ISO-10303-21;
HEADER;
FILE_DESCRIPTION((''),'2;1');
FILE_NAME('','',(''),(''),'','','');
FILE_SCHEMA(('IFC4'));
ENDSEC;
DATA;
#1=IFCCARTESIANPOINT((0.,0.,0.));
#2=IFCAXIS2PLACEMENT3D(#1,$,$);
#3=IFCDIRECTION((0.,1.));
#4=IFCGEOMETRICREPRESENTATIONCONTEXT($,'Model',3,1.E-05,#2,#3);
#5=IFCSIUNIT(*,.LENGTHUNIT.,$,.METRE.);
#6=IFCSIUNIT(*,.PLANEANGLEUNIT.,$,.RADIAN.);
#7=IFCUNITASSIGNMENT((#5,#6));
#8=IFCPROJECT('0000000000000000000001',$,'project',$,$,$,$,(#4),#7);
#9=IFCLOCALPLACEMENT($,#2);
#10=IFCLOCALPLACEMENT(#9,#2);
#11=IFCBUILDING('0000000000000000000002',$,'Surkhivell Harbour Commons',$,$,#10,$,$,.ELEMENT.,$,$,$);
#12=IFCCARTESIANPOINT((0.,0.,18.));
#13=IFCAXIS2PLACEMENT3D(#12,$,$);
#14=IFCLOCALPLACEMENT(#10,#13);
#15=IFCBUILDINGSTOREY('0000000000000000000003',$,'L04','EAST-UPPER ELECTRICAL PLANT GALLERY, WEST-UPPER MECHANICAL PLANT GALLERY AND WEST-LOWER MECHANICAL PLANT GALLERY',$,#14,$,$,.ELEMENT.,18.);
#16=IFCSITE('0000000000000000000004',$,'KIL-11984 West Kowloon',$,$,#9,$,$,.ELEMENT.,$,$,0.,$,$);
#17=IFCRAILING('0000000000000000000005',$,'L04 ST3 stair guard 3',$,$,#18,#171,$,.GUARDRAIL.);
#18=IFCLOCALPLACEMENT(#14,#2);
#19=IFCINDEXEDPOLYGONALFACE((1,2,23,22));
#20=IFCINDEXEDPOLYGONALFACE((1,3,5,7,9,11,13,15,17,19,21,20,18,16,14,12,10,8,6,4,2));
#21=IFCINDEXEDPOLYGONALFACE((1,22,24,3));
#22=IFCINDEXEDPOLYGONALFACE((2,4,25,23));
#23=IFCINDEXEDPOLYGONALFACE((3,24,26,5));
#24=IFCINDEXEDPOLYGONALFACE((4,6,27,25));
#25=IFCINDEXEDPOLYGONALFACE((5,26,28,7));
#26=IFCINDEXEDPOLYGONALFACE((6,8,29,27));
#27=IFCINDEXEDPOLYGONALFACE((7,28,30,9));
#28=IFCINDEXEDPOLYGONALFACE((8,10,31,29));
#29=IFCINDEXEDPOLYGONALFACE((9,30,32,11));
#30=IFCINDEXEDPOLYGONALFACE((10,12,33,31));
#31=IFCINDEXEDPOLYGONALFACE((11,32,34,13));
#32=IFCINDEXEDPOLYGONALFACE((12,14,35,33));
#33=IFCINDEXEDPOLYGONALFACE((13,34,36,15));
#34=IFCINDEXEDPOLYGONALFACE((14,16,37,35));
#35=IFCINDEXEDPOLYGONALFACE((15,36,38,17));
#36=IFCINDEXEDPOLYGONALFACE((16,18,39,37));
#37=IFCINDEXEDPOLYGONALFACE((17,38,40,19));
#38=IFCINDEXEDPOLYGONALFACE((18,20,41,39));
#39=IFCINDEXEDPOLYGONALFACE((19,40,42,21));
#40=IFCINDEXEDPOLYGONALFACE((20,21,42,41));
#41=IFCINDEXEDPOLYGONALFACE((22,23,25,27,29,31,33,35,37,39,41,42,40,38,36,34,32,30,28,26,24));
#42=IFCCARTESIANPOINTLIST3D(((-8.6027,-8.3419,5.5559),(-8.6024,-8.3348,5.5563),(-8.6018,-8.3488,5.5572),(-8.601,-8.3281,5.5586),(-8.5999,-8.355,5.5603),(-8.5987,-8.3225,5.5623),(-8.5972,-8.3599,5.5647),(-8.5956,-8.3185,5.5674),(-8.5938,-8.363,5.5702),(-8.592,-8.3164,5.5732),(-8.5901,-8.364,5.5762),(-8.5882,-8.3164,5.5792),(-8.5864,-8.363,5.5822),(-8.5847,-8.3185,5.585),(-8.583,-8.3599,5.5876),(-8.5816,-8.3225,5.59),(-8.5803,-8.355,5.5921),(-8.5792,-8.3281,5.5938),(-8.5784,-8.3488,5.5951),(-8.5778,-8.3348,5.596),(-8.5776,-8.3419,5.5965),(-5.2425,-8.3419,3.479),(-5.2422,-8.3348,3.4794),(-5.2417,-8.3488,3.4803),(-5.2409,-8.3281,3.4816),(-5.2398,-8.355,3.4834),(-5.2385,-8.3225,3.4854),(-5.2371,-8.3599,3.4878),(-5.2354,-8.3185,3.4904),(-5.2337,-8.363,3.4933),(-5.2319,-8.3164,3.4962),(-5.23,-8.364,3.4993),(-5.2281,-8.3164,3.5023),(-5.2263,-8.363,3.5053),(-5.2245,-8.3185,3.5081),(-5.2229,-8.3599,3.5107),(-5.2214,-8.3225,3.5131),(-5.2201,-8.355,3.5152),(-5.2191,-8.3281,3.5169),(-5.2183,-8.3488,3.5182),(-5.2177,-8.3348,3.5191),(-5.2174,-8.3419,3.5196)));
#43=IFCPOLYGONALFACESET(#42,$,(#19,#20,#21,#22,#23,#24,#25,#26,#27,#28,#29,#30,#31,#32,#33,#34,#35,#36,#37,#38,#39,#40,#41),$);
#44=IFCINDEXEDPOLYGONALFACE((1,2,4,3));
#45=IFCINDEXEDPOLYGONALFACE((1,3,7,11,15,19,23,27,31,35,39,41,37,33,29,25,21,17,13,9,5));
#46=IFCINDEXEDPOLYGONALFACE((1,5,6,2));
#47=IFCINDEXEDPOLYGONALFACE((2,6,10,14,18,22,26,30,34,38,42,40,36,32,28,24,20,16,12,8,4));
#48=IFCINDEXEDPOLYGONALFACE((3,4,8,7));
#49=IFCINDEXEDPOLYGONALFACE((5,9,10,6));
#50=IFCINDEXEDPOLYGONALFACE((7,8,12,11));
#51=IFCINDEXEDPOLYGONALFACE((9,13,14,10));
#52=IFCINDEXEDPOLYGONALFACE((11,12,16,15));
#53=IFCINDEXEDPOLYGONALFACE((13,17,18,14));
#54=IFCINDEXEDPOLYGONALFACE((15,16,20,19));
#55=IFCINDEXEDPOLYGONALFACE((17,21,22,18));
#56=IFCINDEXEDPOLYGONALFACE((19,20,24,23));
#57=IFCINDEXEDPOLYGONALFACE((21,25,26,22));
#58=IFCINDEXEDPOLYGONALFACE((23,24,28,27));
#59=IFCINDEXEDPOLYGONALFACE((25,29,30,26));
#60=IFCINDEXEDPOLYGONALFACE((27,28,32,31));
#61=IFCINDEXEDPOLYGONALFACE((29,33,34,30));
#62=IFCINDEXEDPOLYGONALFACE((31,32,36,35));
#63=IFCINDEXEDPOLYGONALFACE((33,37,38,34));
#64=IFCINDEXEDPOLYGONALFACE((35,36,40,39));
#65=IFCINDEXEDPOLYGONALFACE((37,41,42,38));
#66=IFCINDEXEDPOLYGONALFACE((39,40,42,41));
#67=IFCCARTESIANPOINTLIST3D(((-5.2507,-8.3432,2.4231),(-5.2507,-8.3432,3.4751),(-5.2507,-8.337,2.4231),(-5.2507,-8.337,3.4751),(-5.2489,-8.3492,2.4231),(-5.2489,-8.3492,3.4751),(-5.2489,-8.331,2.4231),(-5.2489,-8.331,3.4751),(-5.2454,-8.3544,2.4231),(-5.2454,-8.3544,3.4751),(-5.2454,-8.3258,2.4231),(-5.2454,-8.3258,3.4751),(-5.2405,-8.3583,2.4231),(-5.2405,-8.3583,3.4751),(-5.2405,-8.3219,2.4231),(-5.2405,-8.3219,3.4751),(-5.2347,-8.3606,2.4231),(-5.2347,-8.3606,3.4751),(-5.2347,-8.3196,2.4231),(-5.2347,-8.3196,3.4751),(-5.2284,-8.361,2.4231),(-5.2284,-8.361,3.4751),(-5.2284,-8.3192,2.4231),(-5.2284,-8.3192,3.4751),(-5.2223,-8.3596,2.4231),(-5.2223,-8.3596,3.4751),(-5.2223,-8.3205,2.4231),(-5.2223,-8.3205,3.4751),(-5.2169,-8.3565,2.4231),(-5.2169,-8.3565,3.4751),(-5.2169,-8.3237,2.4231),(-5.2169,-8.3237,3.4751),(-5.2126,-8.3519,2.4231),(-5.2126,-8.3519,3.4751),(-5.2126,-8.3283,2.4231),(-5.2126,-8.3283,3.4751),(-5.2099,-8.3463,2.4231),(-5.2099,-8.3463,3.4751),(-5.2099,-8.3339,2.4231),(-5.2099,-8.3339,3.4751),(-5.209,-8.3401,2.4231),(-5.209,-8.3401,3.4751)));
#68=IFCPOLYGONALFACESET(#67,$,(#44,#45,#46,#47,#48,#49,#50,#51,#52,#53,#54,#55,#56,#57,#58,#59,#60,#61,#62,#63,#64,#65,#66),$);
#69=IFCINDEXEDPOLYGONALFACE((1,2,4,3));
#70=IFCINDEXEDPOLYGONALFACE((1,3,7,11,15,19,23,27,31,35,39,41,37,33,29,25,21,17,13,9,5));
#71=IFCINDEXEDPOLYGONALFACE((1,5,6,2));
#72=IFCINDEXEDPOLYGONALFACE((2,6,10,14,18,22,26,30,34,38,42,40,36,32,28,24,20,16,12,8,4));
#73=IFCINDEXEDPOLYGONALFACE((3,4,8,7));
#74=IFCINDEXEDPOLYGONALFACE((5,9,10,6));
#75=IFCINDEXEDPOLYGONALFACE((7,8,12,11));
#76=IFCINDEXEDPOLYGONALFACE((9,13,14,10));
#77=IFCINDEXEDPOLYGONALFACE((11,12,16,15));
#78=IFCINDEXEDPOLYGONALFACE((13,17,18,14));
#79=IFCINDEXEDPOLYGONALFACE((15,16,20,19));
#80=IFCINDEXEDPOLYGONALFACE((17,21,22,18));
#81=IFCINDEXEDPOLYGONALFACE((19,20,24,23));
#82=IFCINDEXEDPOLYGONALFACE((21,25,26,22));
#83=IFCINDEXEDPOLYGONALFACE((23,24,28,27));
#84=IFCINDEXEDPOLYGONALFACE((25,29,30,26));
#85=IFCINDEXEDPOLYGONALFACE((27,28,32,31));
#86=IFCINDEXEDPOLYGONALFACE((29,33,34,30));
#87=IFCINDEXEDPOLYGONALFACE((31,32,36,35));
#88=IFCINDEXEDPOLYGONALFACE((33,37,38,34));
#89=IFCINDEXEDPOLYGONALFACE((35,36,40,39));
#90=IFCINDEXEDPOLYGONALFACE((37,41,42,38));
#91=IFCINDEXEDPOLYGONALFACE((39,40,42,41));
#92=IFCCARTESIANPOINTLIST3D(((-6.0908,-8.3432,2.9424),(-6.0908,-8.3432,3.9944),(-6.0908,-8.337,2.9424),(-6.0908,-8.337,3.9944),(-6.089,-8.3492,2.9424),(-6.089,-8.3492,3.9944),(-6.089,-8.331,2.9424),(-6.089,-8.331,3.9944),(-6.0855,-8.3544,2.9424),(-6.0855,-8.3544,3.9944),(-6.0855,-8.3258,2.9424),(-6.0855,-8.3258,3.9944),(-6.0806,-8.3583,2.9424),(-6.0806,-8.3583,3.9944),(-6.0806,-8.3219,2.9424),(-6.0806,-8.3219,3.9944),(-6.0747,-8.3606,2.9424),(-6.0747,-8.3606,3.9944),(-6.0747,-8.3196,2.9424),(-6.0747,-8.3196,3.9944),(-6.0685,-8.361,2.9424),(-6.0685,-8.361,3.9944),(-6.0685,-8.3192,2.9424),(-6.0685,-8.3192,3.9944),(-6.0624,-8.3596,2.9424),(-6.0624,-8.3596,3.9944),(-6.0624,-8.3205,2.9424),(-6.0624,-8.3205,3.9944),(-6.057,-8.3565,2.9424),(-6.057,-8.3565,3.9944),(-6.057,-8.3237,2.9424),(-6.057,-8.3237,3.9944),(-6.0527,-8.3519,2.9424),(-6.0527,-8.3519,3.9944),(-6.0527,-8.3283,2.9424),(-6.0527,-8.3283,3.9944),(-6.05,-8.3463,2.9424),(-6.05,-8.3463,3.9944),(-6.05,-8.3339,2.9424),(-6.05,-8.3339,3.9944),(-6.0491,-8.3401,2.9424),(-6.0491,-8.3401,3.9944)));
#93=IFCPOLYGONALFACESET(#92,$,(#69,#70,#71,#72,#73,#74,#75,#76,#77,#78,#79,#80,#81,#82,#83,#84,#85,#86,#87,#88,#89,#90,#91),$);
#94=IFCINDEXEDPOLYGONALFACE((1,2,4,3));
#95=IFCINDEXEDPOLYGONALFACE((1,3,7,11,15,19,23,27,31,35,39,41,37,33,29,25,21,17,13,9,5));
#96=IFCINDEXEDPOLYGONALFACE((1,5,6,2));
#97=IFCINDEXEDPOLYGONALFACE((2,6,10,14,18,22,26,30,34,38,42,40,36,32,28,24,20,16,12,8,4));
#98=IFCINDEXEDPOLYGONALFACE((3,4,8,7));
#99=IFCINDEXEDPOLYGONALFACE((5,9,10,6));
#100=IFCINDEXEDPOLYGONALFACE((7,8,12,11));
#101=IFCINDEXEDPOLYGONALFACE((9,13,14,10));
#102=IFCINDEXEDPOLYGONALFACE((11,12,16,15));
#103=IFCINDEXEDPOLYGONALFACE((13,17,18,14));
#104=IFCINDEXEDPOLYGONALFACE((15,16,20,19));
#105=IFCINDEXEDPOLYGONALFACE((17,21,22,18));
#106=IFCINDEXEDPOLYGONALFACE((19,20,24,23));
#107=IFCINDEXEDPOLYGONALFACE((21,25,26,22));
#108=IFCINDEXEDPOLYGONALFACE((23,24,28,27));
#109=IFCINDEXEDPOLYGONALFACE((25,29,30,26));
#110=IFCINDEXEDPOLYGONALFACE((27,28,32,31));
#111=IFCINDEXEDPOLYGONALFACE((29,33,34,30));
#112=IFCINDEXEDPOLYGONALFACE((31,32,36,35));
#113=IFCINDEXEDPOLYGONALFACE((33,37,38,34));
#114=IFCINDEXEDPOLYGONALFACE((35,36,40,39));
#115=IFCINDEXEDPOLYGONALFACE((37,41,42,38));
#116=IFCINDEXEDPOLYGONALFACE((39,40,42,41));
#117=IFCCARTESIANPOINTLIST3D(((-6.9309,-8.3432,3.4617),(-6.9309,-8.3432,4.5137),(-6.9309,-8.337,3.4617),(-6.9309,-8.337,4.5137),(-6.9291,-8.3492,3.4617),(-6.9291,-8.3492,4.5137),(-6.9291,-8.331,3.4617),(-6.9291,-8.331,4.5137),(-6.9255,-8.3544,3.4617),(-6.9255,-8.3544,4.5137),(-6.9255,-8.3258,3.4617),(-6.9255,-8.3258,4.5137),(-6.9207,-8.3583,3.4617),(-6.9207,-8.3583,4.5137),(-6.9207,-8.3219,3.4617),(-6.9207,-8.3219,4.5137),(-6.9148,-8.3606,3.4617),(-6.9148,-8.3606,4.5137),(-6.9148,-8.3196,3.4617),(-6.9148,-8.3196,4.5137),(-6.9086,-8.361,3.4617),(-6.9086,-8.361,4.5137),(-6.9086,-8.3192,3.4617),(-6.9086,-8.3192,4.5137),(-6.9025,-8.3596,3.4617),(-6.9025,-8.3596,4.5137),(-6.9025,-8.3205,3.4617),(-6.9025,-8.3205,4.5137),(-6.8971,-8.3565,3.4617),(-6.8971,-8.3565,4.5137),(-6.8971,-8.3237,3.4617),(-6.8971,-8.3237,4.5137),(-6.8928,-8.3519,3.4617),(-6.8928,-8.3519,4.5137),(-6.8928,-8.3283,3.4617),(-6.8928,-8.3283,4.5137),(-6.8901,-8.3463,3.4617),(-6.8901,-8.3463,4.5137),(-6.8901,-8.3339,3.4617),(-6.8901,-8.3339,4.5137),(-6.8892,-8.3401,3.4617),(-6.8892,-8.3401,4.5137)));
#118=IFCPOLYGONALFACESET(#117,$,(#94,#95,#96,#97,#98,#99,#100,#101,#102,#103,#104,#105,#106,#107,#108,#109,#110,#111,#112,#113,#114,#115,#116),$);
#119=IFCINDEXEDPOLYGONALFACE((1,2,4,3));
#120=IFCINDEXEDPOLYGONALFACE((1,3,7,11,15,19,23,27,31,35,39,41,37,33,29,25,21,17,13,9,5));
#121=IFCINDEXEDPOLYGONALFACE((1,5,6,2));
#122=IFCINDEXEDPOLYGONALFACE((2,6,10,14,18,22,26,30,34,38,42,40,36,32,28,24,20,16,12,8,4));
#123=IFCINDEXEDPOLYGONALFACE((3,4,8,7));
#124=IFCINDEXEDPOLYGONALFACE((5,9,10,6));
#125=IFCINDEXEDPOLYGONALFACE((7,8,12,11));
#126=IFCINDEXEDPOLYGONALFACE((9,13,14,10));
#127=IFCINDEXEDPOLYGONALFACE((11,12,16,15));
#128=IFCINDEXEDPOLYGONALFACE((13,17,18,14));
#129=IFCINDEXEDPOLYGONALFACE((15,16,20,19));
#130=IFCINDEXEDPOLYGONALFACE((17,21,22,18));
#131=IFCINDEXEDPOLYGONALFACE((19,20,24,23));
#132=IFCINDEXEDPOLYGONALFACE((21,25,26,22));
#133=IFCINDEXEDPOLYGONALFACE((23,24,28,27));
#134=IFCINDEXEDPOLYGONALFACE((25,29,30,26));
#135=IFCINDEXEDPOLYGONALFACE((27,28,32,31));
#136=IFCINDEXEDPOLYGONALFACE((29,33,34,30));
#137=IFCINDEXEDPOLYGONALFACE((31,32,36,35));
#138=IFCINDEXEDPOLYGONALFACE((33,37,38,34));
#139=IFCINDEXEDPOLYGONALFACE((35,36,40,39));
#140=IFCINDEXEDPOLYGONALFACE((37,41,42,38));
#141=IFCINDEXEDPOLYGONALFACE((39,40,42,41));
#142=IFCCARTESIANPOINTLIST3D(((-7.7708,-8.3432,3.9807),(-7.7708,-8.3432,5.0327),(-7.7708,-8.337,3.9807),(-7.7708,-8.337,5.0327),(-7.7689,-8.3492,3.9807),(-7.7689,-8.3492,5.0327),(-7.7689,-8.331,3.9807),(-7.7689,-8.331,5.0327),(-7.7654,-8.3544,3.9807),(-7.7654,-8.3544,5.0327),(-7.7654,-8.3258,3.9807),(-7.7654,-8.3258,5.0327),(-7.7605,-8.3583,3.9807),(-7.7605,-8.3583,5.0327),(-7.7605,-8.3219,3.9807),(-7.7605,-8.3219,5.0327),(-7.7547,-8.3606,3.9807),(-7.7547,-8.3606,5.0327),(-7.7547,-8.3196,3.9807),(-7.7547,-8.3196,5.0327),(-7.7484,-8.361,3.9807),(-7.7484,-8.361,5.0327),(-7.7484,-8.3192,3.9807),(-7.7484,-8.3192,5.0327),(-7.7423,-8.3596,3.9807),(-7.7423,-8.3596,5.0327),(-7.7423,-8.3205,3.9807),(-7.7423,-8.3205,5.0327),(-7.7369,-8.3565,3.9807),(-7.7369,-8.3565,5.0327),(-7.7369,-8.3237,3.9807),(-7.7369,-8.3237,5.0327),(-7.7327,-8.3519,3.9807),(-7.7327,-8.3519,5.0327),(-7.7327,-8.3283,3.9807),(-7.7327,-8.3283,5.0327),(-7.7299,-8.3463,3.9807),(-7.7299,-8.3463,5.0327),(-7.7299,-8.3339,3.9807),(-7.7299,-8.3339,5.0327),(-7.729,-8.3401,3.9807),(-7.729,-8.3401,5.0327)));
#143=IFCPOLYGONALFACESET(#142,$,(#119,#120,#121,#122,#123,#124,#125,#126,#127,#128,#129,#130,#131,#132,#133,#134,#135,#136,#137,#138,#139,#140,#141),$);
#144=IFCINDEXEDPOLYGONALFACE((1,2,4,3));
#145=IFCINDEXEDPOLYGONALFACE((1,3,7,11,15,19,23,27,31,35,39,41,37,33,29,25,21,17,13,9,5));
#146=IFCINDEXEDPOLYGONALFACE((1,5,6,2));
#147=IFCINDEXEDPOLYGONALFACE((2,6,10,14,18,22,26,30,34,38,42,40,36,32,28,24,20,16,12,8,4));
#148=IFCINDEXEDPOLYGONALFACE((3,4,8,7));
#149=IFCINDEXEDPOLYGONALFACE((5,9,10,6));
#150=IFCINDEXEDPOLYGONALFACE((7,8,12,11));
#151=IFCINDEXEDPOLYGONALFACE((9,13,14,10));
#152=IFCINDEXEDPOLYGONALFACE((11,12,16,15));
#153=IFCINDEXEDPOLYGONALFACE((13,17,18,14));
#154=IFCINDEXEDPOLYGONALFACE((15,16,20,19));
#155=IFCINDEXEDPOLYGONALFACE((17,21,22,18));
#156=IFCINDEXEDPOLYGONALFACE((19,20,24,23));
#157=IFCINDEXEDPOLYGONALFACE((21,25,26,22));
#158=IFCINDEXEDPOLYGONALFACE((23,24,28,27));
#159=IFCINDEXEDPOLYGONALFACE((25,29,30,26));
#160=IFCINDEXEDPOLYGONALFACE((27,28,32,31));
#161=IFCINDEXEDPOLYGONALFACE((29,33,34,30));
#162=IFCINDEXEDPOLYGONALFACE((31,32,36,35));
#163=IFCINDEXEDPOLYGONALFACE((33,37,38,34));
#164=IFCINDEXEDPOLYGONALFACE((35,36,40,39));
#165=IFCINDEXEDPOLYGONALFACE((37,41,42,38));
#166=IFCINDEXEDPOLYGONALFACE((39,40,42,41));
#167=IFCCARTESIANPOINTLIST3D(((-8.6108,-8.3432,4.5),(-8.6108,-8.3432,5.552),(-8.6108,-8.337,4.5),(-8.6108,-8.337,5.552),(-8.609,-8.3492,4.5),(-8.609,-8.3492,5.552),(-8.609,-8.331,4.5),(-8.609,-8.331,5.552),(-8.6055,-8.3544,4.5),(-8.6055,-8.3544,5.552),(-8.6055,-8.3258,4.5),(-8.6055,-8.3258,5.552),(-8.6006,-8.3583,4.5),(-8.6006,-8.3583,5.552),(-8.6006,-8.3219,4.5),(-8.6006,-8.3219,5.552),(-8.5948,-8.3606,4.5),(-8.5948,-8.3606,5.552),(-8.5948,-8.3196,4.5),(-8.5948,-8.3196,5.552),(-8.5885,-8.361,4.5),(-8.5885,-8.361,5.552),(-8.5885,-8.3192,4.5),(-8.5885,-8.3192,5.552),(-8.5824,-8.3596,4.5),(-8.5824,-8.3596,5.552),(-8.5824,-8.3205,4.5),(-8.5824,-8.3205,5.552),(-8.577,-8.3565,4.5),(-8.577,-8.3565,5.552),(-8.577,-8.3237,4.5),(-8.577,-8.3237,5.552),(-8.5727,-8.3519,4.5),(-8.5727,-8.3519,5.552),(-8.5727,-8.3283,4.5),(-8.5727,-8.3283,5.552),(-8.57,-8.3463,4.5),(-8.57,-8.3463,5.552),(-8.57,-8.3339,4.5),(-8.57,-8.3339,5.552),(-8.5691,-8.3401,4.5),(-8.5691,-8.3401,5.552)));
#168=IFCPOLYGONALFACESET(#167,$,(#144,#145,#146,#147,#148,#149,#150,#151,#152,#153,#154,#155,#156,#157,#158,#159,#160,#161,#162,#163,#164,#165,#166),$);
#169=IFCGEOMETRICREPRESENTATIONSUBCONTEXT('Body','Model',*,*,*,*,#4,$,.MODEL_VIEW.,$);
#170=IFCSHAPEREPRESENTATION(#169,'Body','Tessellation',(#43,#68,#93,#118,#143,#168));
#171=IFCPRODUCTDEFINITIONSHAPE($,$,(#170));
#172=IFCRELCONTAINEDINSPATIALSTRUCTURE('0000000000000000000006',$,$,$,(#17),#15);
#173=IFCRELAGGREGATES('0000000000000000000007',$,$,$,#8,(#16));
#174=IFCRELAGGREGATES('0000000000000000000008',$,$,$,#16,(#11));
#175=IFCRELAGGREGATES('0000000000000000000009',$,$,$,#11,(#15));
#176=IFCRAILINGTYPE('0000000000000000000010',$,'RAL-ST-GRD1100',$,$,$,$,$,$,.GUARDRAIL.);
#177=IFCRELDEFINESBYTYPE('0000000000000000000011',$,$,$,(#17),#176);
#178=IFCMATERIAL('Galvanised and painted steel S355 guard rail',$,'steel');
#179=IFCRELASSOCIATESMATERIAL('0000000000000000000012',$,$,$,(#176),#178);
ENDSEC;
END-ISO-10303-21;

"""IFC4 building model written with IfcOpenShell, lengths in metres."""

from ifc_helpers import new_model, si_unit, direction, frame, origin, origin_2d, place, context, subcontext, project, spatial, circle, extrude, material, type_object, element, save


model = new_model("IFC4")

# Units and contexts
model_context = context("Model", 3, precision=1e-05, world=origin(), true_north=direction((0.0, 1.0)))
body_context = subcontext(model_context, "Body", "Model", "MODEL_VIEW")
ifc_project = project(units=[si_unit("LENGTHUNIT", "METRE"), si_unit("PLANEANGLEUNIT", "RADIAN")], contexts=[model_context])

# Site, building, storey
site_placement = place(None, origin())
site = spatial("IfcSite", under=ifc_project, at=site_placement, Name="KIL-11984 West Kowloon", CompositionType="ELEMENT", RefElevation=0.0)
building_placement = place(site_placement, origin())
building = spatial("IfcBuilding", under=site, at=building_placement, Name="Surkhivell Harbour Commons", CompositionType="ELEMENT")
storey_placement = place(building_placement, frame((0.0, 0.0, 18.0)))
storey = spatial("IfcBuildingStorey", under=building, at=storey_placement, Name="L04", Description="EAST-UPPER ELECTRICAL PLANT GALLERY, WEST-UPPER MECHANICAL PLANT GALLERY AND WEST-LOWER MECHANICAL PLANT GALLERY", CompositionType="ELEMENT", Elevation=18.0)

# Railing
ifc_material_1 = material(Name="Galvanised and painted steel S355 guard rail", Category="steel")
railing_type_1 = type_object("IfcRailingType", Name="RAL-ST-GRD1100", PredefinedType="GUARDRAIL", material=ifc_material_1)
railing_1_placement = place(storey_placement, frame((-5.23, -8.3401, 2.4231)))
element("IfcRailing", 1, at=railing_1_placement, inside=storey, type_object=railing_type_1, Name="L04 ST3 stair guard 3", PredefinedType="GUARDRAIL", context=body_context, shape_type="SweptSolid", body=[
    extrude(circle(Radius=0.0239, at=origin_2d()), frame((0.0, 0.0, 1.0762), z_axis=(-0.850623, 0.0, 0.525776), x_axis=(0.0, -1.0, 0.0)), (0.0, 0.0, 1.0), 3.9502),
    extrude(circle(Radius=0.021, at=origin_2d()), origin(), (0.0, 0.0, 1.0), 1.052),
    extrude(circle(Radius=0.021, at=origin_2d()), frame((-0.8401, 0.0, 0.5193)), (0.0, 0.0, 1.0), 1.052),
    extrude(circle(Radius=0.021, at=origin_2d()), frame((-1.6802, 0.0, 1.0386)), (0.0, 0.0, 1.0), 1.052),
    extrude(circle(Radius=0.021, at=origin_2d()), frame((-2.52, 0.0, 1.5576)), (0.0, 0.0, 1.0), 1.052),
    extrude(circle(Radius=0.021, at=origin_2d()), frame((-3.3601, 0.0, 2.0769)), (0.0, 0.0, 1.0), 1.052),
])

save(model, "model.ifc")
